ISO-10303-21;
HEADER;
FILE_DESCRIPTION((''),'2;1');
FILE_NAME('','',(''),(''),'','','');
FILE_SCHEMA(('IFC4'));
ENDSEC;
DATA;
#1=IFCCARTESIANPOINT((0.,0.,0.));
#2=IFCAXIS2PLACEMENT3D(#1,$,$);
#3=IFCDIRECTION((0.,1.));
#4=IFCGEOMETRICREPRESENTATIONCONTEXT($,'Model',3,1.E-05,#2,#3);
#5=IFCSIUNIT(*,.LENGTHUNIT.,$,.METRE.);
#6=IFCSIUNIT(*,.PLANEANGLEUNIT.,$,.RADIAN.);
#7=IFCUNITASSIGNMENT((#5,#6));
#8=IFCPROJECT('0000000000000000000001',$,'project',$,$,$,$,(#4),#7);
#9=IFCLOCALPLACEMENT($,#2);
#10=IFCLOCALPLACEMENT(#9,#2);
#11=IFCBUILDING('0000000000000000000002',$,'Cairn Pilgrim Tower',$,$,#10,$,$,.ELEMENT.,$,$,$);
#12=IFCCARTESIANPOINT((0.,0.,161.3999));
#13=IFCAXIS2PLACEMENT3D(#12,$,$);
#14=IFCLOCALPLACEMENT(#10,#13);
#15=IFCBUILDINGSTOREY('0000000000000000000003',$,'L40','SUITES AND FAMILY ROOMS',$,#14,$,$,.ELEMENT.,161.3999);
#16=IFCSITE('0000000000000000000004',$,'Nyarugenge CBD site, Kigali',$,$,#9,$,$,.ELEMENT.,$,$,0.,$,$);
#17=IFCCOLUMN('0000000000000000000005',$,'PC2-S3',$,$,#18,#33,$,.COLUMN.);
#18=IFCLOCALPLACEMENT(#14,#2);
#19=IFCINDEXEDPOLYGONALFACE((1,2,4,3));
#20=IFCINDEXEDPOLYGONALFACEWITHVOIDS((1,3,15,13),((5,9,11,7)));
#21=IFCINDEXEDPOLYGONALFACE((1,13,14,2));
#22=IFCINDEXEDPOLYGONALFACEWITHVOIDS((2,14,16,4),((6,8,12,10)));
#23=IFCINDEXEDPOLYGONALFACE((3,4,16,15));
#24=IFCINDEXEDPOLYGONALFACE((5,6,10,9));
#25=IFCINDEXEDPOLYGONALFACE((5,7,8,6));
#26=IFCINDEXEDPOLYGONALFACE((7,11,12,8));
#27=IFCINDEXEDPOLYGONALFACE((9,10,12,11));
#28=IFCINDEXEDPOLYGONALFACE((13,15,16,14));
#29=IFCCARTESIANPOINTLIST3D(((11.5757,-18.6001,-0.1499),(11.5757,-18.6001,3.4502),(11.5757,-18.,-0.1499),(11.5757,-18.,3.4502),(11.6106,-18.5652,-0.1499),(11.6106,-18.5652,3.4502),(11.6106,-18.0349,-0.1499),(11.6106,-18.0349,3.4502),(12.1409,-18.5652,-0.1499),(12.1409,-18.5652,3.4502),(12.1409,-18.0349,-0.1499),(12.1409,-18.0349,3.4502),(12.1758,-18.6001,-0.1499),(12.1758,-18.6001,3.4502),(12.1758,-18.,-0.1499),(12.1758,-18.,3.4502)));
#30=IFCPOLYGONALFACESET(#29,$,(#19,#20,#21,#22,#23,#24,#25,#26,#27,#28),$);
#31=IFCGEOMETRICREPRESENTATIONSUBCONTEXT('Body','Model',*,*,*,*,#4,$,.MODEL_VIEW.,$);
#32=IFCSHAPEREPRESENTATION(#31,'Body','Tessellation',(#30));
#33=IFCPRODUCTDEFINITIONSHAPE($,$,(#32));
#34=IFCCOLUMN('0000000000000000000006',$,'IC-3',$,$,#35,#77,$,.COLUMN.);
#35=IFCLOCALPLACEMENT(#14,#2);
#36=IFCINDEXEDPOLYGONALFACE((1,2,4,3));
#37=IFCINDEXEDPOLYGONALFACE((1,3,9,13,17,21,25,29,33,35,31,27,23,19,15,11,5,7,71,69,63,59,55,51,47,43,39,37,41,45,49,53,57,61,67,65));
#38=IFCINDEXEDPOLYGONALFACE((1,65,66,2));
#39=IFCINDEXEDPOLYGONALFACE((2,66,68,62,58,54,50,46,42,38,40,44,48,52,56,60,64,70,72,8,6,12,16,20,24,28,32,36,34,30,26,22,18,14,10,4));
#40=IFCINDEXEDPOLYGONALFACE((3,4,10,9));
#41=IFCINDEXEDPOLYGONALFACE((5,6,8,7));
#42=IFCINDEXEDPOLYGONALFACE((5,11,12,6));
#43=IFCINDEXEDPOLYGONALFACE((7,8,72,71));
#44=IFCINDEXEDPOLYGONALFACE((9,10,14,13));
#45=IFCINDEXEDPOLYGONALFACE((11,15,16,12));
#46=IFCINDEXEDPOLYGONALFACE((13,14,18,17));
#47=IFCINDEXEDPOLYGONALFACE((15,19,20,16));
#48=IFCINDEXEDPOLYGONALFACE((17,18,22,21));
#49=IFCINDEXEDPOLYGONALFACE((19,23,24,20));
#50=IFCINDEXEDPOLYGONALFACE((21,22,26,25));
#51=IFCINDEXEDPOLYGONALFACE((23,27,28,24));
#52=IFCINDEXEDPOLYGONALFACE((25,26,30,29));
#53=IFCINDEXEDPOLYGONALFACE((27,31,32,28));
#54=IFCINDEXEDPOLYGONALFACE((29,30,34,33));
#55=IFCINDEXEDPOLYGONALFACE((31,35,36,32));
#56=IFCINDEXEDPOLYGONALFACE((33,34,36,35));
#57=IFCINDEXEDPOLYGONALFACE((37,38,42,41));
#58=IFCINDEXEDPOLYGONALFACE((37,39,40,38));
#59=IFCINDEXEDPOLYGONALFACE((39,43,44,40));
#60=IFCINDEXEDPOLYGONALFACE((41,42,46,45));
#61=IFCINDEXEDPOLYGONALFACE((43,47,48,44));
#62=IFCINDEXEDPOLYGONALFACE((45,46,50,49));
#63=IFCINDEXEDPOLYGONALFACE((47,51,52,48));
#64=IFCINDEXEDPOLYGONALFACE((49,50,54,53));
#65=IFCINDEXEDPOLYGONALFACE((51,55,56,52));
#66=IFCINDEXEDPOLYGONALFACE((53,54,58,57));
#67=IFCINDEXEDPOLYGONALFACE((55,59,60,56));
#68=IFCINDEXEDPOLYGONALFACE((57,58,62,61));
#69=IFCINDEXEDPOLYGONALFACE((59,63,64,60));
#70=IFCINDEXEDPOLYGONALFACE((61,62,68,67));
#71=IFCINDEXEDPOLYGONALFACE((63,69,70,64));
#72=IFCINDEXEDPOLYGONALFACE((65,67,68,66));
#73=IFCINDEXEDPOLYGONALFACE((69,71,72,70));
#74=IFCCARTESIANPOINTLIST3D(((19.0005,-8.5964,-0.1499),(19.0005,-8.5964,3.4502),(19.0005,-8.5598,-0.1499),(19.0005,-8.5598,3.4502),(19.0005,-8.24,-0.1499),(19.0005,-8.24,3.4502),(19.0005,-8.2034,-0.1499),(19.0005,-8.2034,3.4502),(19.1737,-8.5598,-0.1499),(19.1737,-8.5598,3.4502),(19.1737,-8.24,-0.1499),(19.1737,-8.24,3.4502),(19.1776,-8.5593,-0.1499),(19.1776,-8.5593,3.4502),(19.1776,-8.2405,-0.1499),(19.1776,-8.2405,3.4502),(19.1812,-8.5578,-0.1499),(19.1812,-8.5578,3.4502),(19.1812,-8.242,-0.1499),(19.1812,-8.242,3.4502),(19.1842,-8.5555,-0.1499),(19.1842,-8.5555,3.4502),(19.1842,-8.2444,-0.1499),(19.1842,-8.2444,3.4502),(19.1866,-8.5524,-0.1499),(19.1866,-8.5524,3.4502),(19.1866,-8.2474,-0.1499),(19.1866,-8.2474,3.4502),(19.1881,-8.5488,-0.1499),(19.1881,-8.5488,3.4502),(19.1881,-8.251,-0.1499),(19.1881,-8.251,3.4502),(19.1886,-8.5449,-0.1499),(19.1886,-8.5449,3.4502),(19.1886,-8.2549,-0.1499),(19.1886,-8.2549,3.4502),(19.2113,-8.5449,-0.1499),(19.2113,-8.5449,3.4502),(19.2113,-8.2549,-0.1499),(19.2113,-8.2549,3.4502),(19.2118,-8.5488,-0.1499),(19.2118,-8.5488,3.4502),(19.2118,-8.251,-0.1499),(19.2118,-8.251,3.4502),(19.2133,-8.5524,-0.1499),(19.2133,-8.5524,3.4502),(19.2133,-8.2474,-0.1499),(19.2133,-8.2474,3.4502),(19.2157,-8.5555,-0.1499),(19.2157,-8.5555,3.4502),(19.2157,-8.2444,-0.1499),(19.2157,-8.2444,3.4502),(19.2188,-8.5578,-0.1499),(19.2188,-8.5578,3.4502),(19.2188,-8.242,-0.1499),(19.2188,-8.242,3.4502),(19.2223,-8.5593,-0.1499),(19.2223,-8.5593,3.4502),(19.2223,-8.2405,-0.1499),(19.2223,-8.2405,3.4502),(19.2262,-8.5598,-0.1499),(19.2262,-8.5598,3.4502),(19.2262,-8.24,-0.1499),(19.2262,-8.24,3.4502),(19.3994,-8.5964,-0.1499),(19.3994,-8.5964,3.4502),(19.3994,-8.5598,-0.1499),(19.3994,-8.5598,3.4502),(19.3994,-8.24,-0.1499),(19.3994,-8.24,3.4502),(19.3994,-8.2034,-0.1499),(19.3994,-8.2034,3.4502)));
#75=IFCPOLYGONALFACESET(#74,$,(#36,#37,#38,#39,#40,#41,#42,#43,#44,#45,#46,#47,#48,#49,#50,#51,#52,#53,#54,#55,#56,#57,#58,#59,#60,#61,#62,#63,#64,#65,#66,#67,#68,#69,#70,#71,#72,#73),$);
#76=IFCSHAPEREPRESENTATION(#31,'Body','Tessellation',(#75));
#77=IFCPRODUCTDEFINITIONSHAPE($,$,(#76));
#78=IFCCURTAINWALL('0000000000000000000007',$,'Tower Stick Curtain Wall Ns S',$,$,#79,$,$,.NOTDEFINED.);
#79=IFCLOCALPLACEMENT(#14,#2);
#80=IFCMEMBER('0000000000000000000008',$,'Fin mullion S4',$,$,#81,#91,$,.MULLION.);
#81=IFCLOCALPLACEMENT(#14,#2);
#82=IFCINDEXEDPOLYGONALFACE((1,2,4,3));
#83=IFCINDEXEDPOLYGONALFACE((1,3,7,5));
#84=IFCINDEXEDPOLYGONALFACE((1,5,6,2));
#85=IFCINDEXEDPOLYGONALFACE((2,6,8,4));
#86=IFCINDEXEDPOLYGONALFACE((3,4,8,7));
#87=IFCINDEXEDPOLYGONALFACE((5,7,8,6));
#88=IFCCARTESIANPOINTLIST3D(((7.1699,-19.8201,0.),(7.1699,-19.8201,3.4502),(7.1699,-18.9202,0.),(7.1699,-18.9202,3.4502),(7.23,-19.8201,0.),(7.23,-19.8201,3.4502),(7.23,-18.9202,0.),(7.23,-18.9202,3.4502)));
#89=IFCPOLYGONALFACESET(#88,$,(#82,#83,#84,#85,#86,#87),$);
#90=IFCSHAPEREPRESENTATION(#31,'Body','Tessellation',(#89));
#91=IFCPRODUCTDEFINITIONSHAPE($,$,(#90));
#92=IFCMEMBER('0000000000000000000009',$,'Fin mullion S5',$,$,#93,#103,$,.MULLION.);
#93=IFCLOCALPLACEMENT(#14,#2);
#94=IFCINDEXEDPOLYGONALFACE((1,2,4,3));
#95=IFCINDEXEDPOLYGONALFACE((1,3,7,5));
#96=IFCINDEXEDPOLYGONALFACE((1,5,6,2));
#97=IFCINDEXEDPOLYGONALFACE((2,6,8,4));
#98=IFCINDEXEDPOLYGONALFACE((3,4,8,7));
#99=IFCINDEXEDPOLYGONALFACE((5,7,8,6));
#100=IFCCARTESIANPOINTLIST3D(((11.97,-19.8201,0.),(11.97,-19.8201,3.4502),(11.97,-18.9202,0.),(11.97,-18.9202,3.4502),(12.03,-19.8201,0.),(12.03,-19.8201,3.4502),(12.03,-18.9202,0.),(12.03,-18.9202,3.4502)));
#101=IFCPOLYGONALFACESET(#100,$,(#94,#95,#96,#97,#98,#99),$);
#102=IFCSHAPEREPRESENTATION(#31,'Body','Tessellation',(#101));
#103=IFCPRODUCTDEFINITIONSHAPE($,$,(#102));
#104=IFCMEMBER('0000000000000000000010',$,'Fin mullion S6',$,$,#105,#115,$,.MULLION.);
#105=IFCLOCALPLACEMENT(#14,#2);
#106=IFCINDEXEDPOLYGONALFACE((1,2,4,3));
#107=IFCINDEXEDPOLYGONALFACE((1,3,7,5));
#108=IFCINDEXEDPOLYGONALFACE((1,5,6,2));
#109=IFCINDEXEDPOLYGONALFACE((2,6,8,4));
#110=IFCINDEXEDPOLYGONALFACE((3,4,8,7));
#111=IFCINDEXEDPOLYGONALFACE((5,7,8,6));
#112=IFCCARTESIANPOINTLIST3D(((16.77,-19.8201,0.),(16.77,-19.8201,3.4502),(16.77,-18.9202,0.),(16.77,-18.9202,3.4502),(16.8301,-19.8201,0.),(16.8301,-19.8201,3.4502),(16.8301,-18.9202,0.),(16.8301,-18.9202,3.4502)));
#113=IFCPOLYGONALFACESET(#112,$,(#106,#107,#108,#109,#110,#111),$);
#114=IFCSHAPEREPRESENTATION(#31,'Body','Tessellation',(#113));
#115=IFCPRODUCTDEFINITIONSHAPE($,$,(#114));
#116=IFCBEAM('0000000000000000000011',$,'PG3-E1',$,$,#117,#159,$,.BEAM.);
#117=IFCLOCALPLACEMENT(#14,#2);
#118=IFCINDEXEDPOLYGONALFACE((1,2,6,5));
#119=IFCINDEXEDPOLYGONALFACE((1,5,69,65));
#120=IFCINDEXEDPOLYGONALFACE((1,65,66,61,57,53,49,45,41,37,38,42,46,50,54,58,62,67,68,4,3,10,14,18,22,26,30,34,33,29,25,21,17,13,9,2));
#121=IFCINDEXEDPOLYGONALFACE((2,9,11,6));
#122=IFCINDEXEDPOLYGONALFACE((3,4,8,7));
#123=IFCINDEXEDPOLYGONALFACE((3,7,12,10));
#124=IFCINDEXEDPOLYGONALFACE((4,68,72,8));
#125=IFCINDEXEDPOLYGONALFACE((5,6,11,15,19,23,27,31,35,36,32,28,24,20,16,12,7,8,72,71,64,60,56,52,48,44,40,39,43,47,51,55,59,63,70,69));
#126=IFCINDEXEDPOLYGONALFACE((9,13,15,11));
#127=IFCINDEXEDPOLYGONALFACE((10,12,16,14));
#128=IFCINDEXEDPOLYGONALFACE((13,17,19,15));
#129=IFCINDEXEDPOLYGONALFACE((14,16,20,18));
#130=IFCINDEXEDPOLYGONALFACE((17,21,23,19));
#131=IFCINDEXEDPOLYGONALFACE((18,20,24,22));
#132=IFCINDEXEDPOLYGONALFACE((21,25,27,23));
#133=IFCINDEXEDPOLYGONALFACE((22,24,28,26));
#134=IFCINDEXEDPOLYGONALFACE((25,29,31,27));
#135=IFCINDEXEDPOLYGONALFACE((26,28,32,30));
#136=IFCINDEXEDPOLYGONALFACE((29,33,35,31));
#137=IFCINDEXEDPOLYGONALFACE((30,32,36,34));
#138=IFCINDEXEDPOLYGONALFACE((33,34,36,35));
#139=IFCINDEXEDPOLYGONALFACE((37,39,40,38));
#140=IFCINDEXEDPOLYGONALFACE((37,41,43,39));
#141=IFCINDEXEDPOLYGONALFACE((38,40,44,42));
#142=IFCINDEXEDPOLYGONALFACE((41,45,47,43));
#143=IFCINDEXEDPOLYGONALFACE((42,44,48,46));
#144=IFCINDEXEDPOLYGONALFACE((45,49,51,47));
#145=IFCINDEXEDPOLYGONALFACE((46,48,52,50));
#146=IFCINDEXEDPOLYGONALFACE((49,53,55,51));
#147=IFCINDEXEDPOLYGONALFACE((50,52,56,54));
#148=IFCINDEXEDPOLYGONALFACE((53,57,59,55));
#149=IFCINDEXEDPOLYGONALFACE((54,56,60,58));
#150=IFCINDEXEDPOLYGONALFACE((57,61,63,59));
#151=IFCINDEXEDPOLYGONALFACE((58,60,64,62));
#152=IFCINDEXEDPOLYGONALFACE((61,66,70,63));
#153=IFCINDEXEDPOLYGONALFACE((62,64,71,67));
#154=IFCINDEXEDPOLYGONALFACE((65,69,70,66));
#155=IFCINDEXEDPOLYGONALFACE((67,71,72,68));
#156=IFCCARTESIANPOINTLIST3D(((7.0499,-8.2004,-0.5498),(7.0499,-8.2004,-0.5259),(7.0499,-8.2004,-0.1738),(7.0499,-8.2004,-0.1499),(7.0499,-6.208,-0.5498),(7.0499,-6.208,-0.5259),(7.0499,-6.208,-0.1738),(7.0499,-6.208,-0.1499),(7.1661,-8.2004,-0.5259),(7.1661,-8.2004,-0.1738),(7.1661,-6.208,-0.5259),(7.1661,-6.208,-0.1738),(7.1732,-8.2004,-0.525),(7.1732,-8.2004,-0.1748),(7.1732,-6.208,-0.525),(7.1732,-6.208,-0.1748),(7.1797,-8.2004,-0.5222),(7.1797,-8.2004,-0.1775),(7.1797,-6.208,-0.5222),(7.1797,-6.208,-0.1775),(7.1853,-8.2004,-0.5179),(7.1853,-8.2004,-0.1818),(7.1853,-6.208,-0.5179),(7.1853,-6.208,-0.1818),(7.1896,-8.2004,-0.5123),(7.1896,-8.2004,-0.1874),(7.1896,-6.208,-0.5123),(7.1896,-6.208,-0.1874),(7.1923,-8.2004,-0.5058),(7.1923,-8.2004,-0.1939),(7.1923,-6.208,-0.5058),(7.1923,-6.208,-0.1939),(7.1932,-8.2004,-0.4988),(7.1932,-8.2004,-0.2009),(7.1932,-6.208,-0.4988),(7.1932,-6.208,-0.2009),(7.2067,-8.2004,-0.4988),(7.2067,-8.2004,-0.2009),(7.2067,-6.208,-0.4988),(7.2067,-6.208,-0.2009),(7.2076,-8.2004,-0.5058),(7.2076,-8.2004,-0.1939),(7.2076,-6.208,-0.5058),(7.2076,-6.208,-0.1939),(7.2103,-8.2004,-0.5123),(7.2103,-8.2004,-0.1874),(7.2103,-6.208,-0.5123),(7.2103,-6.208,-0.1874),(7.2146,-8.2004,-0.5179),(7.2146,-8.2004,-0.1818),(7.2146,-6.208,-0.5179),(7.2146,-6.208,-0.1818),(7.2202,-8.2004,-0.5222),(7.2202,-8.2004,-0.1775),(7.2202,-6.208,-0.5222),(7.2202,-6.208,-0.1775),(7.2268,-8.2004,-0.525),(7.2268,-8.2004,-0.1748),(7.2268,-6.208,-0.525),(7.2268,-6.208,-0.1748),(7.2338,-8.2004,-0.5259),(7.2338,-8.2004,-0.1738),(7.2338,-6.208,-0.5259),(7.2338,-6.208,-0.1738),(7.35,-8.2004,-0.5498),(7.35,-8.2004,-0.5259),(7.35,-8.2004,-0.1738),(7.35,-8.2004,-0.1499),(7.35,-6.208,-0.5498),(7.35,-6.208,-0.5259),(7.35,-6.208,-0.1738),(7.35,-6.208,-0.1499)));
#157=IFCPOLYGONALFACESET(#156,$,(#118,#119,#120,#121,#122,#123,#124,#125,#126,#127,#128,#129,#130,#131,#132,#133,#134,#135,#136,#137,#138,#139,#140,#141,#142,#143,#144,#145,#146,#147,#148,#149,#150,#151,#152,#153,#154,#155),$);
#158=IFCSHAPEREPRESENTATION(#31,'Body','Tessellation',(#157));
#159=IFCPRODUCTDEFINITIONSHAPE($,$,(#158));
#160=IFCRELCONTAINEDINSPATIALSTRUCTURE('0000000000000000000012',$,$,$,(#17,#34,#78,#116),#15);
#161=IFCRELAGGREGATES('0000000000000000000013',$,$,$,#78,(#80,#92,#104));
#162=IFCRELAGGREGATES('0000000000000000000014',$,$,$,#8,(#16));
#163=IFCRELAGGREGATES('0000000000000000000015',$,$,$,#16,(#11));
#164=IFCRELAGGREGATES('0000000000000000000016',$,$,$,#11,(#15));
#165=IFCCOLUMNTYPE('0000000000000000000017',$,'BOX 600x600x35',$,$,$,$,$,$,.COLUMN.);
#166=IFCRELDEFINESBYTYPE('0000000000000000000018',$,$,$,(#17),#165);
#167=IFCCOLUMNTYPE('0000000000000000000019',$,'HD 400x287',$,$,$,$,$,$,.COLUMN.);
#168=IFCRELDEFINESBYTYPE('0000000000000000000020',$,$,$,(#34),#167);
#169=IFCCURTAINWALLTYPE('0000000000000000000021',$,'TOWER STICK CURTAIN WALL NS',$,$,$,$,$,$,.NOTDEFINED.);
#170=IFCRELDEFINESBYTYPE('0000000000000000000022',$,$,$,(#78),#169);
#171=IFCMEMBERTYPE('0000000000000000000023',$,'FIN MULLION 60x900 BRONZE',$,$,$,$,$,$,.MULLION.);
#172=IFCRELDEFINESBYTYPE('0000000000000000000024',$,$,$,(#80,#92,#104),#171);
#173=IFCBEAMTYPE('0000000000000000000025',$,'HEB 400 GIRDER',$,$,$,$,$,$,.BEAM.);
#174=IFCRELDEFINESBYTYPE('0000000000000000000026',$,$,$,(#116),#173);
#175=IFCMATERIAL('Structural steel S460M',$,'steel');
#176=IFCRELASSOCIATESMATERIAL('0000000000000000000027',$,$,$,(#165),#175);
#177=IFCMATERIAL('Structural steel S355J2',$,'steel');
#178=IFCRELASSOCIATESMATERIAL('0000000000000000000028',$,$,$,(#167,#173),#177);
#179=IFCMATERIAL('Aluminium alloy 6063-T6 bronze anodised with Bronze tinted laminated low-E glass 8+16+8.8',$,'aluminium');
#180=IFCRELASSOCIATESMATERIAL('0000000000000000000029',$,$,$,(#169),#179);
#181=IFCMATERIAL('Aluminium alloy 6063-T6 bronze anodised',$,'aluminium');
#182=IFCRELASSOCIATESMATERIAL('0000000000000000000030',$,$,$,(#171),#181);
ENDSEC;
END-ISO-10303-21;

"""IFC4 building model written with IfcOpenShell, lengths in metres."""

from ifc_helpers import new_model, si_unit, direction, frame, origin, origin_2d, place, context, subcontext, project, spatial, rectangle, hollow_rectangle, i_section, extrude, material, material_profile, profile_set, type_object, element, aggregate, save


model = new_model("IFC4")

# Units and contexts
model_context = context("Model", 3, precision=1e-05, world=origin(), true_north=direction((0.0, 1.0)))
body_context = subcontext(model_context, "Body", "Model", "MODEL_VIEW")
ifc_project = project(units=[si_unit("LENGTHUNIT", "METRE"), si_unit("PLANEANGLEUNIT", "RADIAN")], contexts=[model_context])

# Site, building, storey
site_placement = place(None, origin())
site = spatial("IfcSite", under=ifc_project, at=site_placement, Name="Nyarugenge CBD site, Kigali", CompositionType="ELEMENT", RefElevation=0.0)
building_placement = place(site_placement, origin())
building = spatial("IfcBuilding", under=site, at=building_placement, Name="Cairn Pilgrim Tower", CompositionType="ELEMENT")
storey_placement = place(building_placement, frame((0.0, 0.0, 161.3999)))
storey = spatial("IfcBuildingStorey", under=building, at=storey_placement, Name="L40", Description="SUITES AND FAMILY ROOMS", CompositionType="ELEMENT", Elevation=161.3999)

# Columns
ifc_material_1 = material(Name="Structural steel S460M", Category="steel")
ifc_material_profile_1 = material_profile(ifc_material_1, hollow_rectangle(XDim=0.6001, YDim=0.6001, WallThickness=0.0349, at=origin_2d()), Name="BOX 600x600x35")
ifc_profile_set_1 = profile_set([ifc_material_profile_1], Name="Structural steel S460M")
column_type_1 = type_object("IfcColumnType", Name="BOX 600x600x35", PredefinedType="COLUMN", material=ifc_profile_set_1)
column_1_placement = place(storey_placement, frame((11.8757, -18.3, -0.1499), z_axis=(0.0, 0.0, 1.0), x_axis=(1.0, 0.0, 0.0)))
element("IfcColumn", 1, at=column_1_placement, inside=storey, type_object=column_type_1, Name="PC2-S3", PredefinedType="COLUMN", context=body_context, shape_type="SweptSolid", body=[
    extrude(hollow_rectangle(XDim=0.6001, YDim=0.6001, WallThickness=0.0349, at=origin_2d()), origin(), (0.0, 0.0, 1.0), 3.6001),
])
ifc_material_2 = material(Name="Structural steel S355J2", Category="steel")
ifc_material_profile_2 = material_profile(ifc_material_2, i_section(OverallWidth=0.3989, OverallDepth=0.3931, WebThickness=0.0227, FlangeThickness=0.0366, FilletRadius=0.0149, at=origin_2d()), Name="HD 400x287")
ifc_profile_set_2 = profile_set([ifc_material_profile_2], Name="Structural steel S355J2")
column_type_2 = type_object("IfcColumnType", Name="HD 400x287", PredefinedType="COLUMN", material=ifc_profile_set_2)
column_2_placement = place(storey_placement, frame((19.2, -8.3999, -0.1499), z_axis=(0.0, 0.0, 1.0), x_axis=(1.0, 0.0, 0.0)))
element("IfcColumn", 2, at=column_2_placement, inside=storey, type_object=column_type_2, Name="IC-3", PredefinedType="COLUMN", context=body_context, shape_type="SweptSolid", body=[
    extrude(i_section(OverallWidth=0.3989, OverallDepth=0.3931, WebThickness=0.0227, FlangeThickness=0.0366, FilletRadius=0.0149, at=origin_2d()), origin(), (0.0, 0.0, 1.0), 3.6001),
])

# Curtain wall, members
ifc_material_3 = material(Name="Aluminium alloy 6063-T6 bronze anodised with Bronze tinted laminated low-E glass 8+16+8.8", Category="aluminium")
curtain_wall_type = type_object("IfcCurtainWallType", Name="TOWER STICK CURTAIN WALL NS", PredefinedType="NOTDEFINED", material=ifc_material_3)
curtain_wall_placement = place(storey_placement, origin())
curtain_wall = element("IfcCurtainWall", 3, at=curtain_wall_placement, inside=storey, type_object=curtain_wall_type, Name="Tower Stick Curtain Wall Ns S", PredefinedType="NOTDEFINED")
ifc_material_4 = material(Name="Aluminium alloy 6063-T6 bronze anodised", Category="aluminium")
ifc_material_profile_3 = material_profile(ifc_material_4, rectangle(XDim=0.8999, YDim=0.0601, at=origin_2d()), Name="FIN MULLION 60x900 BRONZE")
ifc_profile_set_3 = profile_set([ifc_material_profile_3], Name="Aluminium alloy 6063-T6 bronze anodised")
member_type_1 = type_object("IfcMemberType", Name="FIN MULLION 60x900 BRONZE", PredefinedType="MULLION", material=ifc_profile_set_3)
member_1_placement = place(storey_placement, frame((7.2, -19.3701, 0.0), z_axis=(0.0, 0.0, 1.0), x_axis=(0.0, -1.0, 0.0)))
member_1 = element("IfcMember", 4, at=member_1_placement, type_object=member_type_1, Name="Fin mullion S4", PredefinedType="MULLION", context=body_context, shape_type="SweptSolid", body=[
    extrude(rectangle(XDim=0.8999, YDim=0.0601, at=origin_2d()), origin(), (0.0, 0.0, 1.0), 3.4502),
])
member_2_placement = place(storey_placement, frame((12.0, -19.3701, 0.0), z_axis=(0.0, 0.0, 1.0), x_axis=(0.0, -1.0, 0.0)))
member_2 = element("IfcMember", 5, at=member_2_placement, type_object=member_type_1, Name="Fin mullion S5", PredefinedType="MULLION", context=body_context, shape_type="SweptSolid", body=[
    extrude(rectangle(XDim=0.8999, YDim=0.0601, at=origin_2d()), origin(), (0.0, 0.0, 1.0), 3.4502),
])
member_3_placement = place(storey_placement, frame((16.8, -19.3701, 0.0), z_axis=(0.0, 0.0, 1.0), x_axis=(0.0, -1.0, 0.0)))
member_3 = element("IfcMember", 6, at=member_3_placement, type_object=member_type_1, Name="Fin mullion S6", PredefinedType="MULLION", context=body_context, shape_type="SweptSolid", body=[
    extrude(rectangle(XDim=0.8999, YDim=0.0601, at=origin_2d()), origin(), (0.0, 0.0, 1.0), 3.4502),
])

# Beam
ifc_material_profile_4 = material_profile(ifc_material_2, i_section(OverallWidth=0.3, OverallDepth=0.3999, WebThickness=0.0134, FlangeThickness=0.0239, FilletRadius=0.0271, at=origin_2d()), Name="HEB 400")
ifc_profile_set_4 = profile_set([ifc_material_profile_4], Name="Structural steel S355J2")
beam_type_1 = type_object("IfcBeamType", Name="HEB 400 GIRDER", PredefinedType="BEAM", material=ifc_profile_set_4)
beam_1_placement = place(storey_placement, frame((7.2, -8.2004, -0.3499), z_axis=(0.0, 1.0, 0.0), x_axis=(-1.0, 0.0, 0.0)))
element("IfcBeam", 7, at=beam_1_placement, inside=storey, type_object=beam_type_1, Name="PG3-E1", PredefinedType="BEAM", context=body_context, shape_type="SweptSolid", body=[
    extrude(i_section(OverallWidth=0.3, OverallDepth=0.3999, WebThickness=0.0134, FlangeThickness=0.0239, FilletRadius=0.0271, at=origin_2d()), origin(), (0.0, 0.0, 1.0), 1.9924),
])

aggregate(curtain_wall, [member_1, member_2, member_3])

save(model, "model.ifc")
